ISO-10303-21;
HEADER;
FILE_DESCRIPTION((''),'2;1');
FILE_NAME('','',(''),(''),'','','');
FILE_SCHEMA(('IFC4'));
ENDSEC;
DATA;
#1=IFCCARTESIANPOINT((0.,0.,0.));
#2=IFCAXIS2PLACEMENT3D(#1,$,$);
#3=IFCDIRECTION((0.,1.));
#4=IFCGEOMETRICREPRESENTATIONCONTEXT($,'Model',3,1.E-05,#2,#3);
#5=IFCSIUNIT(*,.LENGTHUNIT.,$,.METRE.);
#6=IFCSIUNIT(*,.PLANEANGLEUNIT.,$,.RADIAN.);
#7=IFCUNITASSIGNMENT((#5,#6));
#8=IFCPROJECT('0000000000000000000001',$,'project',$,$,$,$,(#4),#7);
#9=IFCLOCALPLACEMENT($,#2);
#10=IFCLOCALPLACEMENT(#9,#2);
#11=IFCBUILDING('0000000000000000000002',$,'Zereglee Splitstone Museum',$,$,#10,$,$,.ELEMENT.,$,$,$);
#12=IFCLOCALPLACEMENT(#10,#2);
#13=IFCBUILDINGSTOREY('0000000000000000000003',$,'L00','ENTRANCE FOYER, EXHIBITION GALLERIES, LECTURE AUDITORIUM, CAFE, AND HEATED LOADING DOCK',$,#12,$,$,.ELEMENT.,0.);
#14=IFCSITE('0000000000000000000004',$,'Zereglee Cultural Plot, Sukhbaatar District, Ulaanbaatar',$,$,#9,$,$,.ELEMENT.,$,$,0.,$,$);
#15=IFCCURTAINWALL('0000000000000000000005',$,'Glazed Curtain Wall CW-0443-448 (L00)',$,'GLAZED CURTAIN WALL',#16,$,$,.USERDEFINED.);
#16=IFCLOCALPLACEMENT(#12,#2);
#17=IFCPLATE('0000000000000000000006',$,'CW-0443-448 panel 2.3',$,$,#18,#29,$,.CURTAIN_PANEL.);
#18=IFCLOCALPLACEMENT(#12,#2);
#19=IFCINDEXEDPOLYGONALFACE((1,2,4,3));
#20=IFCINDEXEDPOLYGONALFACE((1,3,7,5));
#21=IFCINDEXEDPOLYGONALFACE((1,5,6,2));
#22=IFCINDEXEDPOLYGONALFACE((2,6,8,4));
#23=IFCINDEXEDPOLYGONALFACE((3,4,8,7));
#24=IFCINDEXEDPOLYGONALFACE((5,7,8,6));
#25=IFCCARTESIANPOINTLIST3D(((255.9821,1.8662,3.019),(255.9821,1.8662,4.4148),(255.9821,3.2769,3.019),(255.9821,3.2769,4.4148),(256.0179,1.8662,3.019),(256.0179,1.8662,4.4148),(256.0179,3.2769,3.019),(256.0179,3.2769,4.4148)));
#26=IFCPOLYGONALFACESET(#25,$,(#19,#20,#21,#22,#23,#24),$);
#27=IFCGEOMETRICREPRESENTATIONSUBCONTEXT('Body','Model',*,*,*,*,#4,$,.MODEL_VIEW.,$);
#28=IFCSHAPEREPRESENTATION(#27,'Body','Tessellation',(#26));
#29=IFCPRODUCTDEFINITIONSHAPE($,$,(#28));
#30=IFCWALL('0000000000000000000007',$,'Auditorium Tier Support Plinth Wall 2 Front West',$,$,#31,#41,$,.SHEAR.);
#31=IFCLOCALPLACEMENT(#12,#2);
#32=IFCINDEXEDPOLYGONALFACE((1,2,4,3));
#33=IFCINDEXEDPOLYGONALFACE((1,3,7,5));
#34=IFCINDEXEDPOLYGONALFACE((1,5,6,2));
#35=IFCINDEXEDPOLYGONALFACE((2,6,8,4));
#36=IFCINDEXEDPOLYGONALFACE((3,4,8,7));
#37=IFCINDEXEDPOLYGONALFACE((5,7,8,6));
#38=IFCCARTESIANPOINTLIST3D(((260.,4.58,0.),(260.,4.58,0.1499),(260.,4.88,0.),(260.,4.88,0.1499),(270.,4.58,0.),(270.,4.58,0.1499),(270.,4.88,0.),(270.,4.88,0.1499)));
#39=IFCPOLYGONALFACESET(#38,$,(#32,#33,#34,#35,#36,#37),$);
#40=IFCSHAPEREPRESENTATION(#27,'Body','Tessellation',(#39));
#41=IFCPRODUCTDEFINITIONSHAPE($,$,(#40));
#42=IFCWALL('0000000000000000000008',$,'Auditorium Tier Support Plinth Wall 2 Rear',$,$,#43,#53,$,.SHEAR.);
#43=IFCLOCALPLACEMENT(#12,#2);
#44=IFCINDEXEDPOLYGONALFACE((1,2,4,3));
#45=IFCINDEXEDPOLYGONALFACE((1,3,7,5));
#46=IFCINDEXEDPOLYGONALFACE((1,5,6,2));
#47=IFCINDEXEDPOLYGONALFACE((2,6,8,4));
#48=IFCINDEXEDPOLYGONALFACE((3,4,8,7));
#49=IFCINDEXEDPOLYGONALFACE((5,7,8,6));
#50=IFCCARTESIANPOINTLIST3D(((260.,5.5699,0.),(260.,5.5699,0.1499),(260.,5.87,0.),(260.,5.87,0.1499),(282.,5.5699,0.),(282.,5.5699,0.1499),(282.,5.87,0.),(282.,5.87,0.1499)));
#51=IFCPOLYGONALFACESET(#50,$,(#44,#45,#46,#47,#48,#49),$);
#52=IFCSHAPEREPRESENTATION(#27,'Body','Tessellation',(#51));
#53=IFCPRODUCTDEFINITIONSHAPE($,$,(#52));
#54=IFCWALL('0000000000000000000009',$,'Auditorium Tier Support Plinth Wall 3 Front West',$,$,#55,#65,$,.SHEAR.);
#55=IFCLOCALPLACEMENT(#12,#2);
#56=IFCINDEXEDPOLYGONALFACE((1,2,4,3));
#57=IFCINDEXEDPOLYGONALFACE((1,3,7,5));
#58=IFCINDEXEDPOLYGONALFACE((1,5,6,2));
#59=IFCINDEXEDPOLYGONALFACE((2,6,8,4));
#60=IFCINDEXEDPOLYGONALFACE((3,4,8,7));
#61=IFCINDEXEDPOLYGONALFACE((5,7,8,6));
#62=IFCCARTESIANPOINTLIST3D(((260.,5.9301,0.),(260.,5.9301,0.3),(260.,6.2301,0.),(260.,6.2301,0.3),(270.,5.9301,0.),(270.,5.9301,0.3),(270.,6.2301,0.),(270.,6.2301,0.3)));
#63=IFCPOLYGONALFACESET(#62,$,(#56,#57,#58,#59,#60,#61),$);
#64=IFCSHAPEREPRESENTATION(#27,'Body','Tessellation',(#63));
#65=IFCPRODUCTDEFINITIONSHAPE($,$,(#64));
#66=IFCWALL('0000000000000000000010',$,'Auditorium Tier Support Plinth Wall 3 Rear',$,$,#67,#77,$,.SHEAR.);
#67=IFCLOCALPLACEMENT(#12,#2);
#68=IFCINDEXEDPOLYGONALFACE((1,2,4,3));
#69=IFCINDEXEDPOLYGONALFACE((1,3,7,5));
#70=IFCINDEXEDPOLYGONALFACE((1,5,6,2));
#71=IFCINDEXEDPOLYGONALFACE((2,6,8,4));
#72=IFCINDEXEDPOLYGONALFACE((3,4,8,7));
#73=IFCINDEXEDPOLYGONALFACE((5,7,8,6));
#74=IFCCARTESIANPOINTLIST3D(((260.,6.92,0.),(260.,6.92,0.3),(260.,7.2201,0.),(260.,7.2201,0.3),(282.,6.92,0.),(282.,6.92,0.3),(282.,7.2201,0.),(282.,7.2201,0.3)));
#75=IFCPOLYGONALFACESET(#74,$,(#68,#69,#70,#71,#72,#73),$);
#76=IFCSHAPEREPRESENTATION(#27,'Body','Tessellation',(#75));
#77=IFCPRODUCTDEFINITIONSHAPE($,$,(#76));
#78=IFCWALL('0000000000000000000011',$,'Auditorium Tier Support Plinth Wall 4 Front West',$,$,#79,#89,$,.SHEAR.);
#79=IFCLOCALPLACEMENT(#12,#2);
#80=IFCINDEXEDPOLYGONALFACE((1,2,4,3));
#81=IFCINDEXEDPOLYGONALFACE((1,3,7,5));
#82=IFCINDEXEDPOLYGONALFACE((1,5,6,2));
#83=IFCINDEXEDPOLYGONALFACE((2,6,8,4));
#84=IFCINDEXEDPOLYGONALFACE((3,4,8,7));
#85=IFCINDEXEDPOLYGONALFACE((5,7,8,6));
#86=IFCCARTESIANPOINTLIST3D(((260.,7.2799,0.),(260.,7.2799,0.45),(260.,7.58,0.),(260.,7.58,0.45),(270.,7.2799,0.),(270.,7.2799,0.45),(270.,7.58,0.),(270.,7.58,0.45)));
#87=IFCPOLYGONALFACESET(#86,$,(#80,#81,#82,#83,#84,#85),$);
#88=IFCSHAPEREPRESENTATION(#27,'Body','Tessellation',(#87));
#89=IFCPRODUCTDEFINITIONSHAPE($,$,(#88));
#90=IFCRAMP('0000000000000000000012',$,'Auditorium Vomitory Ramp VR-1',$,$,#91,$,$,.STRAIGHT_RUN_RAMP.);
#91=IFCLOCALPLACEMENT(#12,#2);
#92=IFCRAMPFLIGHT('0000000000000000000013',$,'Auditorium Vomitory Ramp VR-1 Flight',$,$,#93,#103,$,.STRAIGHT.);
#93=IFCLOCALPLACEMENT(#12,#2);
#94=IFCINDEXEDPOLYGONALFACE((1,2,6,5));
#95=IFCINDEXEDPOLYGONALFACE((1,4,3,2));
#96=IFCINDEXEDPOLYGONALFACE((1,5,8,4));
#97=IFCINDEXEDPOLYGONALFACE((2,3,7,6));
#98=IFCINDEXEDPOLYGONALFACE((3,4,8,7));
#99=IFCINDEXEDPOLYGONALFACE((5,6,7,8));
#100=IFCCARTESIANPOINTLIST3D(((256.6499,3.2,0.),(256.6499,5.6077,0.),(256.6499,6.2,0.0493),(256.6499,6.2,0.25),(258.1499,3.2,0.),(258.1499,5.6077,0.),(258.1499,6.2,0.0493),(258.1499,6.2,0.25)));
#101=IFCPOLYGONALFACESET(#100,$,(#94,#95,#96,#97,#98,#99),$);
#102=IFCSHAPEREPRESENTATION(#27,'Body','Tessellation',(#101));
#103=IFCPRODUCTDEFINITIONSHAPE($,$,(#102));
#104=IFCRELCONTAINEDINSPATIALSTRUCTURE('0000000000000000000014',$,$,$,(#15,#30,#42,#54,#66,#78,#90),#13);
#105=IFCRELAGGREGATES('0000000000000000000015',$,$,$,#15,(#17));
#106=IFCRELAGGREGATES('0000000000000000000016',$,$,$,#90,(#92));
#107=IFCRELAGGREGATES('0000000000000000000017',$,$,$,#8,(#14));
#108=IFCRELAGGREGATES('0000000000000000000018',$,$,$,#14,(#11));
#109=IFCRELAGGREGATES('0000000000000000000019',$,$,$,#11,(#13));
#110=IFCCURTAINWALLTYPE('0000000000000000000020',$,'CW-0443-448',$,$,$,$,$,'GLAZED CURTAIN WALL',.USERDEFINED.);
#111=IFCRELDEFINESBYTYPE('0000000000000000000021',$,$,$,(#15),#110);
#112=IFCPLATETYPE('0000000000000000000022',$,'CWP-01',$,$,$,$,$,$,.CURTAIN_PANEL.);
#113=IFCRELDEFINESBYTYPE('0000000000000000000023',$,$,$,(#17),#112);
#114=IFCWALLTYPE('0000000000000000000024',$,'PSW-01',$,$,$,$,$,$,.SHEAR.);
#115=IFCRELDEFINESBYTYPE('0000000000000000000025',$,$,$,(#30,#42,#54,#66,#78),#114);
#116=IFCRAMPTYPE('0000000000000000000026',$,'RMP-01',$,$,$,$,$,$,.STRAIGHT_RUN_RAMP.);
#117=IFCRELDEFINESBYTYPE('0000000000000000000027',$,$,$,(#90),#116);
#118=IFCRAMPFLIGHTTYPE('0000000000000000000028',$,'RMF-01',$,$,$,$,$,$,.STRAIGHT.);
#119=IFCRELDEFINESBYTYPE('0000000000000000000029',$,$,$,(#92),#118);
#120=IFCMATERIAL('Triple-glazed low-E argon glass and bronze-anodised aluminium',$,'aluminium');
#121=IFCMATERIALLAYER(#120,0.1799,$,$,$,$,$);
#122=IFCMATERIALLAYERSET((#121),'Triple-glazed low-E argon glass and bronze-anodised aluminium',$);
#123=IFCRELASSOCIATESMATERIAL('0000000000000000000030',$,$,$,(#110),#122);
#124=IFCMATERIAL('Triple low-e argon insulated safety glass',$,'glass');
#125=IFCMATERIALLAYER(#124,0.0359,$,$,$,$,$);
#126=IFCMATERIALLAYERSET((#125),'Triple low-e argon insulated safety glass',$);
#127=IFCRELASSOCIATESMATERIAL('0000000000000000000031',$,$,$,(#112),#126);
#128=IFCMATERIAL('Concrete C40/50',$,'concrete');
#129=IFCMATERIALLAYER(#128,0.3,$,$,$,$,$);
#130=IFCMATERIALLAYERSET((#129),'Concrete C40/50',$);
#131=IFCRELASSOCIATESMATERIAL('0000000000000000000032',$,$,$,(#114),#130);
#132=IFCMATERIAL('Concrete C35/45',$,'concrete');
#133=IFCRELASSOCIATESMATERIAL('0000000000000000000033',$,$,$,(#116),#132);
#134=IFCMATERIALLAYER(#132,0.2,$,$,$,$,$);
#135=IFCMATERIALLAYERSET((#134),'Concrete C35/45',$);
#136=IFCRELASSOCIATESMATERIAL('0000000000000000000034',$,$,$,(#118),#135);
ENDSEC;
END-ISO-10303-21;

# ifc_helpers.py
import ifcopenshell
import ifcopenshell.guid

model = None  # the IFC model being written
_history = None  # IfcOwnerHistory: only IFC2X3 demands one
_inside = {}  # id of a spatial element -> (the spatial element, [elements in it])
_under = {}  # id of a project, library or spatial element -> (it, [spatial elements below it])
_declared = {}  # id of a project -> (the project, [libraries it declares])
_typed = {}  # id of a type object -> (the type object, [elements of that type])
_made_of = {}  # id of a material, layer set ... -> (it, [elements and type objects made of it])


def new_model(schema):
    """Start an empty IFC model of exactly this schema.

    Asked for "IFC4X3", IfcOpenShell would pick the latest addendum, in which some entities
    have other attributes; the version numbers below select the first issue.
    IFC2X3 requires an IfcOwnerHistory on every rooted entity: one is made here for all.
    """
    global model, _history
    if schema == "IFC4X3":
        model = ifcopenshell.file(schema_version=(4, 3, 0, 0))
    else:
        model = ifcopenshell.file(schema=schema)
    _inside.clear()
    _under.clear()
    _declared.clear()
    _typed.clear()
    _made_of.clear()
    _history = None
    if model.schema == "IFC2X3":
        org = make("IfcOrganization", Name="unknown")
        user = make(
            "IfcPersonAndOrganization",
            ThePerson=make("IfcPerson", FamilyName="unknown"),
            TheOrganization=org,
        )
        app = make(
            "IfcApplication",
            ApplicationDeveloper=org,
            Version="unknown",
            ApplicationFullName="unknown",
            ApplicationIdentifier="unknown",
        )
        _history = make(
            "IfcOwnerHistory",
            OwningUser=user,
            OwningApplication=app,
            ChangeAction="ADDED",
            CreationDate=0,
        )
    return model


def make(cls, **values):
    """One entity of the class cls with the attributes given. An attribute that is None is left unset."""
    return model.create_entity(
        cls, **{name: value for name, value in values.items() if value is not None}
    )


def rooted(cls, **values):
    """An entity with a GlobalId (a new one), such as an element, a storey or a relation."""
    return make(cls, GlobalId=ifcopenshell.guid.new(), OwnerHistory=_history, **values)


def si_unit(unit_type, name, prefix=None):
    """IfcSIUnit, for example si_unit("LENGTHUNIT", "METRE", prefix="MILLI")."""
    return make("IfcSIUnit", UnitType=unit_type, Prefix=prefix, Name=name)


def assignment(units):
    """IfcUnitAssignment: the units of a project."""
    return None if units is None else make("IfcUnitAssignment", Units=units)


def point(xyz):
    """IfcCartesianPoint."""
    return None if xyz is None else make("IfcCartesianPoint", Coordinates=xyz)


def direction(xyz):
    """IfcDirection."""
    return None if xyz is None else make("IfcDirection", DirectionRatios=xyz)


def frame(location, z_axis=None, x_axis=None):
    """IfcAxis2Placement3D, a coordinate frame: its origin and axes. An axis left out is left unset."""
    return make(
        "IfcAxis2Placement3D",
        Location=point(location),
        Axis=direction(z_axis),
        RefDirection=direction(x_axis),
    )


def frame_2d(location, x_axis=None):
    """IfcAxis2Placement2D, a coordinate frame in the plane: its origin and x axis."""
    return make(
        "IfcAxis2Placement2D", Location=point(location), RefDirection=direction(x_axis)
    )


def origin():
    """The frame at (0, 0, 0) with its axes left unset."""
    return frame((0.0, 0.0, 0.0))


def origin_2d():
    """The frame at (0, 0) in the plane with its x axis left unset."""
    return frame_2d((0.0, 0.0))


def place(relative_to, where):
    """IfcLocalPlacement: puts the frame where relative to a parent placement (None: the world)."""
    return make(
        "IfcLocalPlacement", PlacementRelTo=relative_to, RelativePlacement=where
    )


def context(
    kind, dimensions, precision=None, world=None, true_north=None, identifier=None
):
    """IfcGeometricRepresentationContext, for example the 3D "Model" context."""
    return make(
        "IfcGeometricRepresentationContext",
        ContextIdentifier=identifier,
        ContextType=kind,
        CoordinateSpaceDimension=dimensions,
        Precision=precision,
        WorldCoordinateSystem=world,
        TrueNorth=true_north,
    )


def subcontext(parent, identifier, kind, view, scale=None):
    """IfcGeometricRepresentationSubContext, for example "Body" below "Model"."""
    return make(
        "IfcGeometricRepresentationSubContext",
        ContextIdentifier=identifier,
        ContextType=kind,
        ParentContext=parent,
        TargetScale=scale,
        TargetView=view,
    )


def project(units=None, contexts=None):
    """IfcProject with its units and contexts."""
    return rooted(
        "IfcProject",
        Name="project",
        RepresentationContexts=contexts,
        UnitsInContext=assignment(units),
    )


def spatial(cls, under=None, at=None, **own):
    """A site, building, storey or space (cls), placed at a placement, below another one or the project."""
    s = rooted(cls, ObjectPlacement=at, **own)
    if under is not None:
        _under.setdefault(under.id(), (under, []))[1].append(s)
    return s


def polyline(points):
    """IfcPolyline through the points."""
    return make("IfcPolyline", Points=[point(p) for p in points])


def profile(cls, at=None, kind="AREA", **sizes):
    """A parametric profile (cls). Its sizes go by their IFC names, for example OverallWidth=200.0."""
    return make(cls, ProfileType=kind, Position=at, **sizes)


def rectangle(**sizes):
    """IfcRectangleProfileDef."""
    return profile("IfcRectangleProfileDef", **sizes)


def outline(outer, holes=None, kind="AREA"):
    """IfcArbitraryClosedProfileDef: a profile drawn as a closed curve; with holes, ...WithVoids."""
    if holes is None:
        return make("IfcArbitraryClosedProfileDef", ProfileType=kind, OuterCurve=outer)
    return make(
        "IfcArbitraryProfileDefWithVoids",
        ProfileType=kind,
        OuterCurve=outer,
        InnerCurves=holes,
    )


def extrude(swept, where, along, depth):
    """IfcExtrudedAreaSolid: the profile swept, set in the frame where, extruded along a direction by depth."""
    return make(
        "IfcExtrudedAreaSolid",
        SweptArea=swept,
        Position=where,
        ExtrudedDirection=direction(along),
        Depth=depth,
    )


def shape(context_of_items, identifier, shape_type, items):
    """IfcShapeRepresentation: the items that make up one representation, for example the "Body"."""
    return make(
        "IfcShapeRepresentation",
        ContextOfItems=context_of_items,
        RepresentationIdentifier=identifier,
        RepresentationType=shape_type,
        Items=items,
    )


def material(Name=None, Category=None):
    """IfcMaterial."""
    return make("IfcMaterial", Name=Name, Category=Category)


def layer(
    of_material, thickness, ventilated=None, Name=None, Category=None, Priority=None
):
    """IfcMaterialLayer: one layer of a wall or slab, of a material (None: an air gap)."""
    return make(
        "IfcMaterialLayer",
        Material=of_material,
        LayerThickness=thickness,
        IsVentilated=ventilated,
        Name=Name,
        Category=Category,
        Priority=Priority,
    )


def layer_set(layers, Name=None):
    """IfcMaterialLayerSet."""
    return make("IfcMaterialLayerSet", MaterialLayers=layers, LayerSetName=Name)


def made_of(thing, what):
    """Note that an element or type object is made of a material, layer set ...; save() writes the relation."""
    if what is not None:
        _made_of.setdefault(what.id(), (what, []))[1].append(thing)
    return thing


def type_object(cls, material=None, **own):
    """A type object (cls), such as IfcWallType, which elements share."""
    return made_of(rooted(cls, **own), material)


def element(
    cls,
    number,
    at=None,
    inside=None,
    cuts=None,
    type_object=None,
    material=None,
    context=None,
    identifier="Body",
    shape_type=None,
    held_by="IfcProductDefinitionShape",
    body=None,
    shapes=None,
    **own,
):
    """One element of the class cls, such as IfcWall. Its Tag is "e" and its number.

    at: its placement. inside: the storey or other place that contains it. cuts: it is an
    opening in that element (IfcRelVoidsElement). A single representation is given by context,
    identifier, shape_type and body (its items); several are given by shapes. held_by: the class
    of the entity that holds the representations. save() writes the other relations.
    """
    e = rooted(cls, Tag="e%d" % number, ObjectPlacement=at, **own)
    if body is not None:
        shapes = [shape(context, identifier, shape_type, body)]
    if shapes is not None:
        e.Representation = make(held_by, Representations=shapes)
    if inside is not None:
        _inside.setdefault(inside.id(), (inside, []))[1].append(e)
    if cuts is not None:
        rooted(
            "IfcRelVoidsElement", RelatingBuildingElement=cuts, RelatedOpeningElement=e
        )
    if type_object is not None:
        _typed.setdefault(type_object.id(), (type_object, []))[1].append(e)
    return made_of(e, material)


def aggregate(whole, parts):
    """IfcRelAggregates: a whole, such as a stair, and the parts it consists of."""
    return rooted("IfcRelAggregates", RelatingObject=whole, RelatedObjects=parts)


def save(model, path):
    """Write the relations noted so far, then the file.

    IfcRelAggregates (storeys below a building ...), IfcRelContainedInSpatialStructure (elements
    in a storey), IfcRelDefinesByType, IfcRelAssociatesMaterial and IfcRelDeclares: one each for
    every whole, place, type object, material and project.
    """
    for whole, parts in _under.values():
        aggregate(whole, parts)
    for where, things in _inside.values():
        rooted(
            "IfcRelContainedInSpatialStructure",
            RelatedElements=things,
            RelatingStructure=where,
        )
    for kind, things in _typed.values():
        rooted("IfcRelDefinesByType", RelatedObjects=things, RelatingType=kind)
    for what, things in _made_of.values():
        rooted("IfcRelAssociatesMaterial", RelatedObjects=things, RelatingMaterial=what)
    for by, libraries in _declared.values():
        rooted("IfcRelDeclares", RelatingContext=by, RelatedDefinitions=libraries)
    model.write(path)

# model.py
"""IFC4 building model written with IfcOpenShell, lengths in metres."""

from ifc_helpers import new_model, si_unit, direction, frame, frame_2d, origin, origin_2d, place, context, subcontext, project, spatial, polyline, rectangle, outline, extrude, material, layer, layer_set, type_object, element, aggregate, save


model = new_model("IFC4")

# Units and contexts
model_context = context("Model", 3, precision=1e-05, world=origin(), true_north=direction((0.0, 1.0)))
body_context = subcontext(model_context, "Body", "Model", "MODEL_VIEW")
ifc_project = project(units=[si_unit("LENGTHUNIT", "METRE"), si_unit("PLANEANGLEUNIT", "RADIAN")], contexts=[model_context])

# Site, building, storey
site_placement = place(None, origin())
site = spatial("IfcSite", under=ifc_project, at=site_placement, Name="Zereglee Cultural Plot, Sukhbaatar District, Ulaanbaatar", CompositionType="ELEMENT", RefElevation=0.0)
building_placement = place(site_placement, origin())
building = spatial("IfcBuilding", under=site, at=building_placement, Name="Zereglee Splitstone Museum", CompositionType="ELEMENT")
storey_placement = place(building_placement, origin())
storey = spatial("IfcBuildingStorey", under=building, at=storey_placement, Name="L00", Description="ENTRANCE FOYER, EXHIBITION GALLERIES, LECTURE AUDITORIUM, CAFE, AND HEATED LOADING DOCK", CompositionType="ELEMENT", Elevation=0.0)

# Curtain wall
ifc_material_1 = material(Name="Triple-glazed low-E argon glass and bronze-anodised aluminium", Category="aluminium")
ifc_layer_1 = layer(ifc_material_1, 0.1799)
ifc_layer_set_1 = layer_set([ifc_layer_1], Name="Triple-glazed low-E argon glass and bronze-anodised aluminium")
curtain_wall_type_1 = type_object("IfcCurtainWallType", Name="CW-0443-448", ElementType="GLAZED CURTAIN WALL", PredefinedType="USERDEFINED", material=ifc_layer_set_1)
curtain_wall_1_placement = place(storey_placement, origin())
curtain_wall_1 = element("IfcCurtainWall", 1, at=curtain_wall_1_placement, inside=storey, type_object=curtain_wall_type_1, Name="Glazed Curtain Wall CW-0443-448 (L00)", ObjectType="GLAZED CURTAIN WALL", PredefinedType="USERDEFINED")

# Plate
ifc_material_2 = material(Name="Triple low-e argon insulated safety glass", Category="glass")
ifc_layer_2 = layer(ifc_material_2, 0.0359)
ifc_layer_set_2 = layer_set([ifc_layer_2], Name="Triple low-e argon insulated safety glass")
plate_type = type_object("IfcPlateType", Name="CWP-01", PredefinedType="CURTAIN_PANEL", material=ifc_layer_set_2)
plate_1_placement = place(storey_placement, frame((256.0, 2.5715, 3.019), z_axis=(0.0, 0.0, 1.0), x_axis=(0.0, -1.0, 0.0)))
plate_1 = element("IfcPlate", 2, at=plate_1_placement, type_object=plate_type, Name="CW-0443-448 panel 2.3", PredefinedType="CURTAIN_PANEL", context=body_context, shape_type="SweptSolid", body=[
    extrude(rectangle(XDim=1.4106, YDim=0.0359, at=origin_2d()), origin(), (0.0, 0.0, 1.0), 1.3958),
])
aggregate(curtain_wall_1, [plate_1])

# Walls
ifc_material_3 = material(Name="Concrete C40/50", Category="concrete")
ifc_layer_3 = layer(ifc_material_3, 0.3)
ifc_layer_set_3 = layer_set([ifc_layer_3], Name="Concrete C40/50")
wall_type = type_object("IfcWallType", Name="PSW-01", PredefinedType="SHEAR", material=ifc_layer_set_3)
wall_1_placement = place(storey_placement, frame((260.0, 4.73, 0.0), z_axis=(0.0, 0.0, 1.0), x_axis=(1.0, 0.0, 0.0)))
element("IfcWall", 3, at=wall_1_placement, inside=storey, type_object=wall_type, Name="Auditorium Tier Support Plinth Wall 2 Front West", PredefinedType="SHEAR", context=body_context, shape_type="SweptSolid", body=[
    extrude(rectangle(XDim=10.0, YDim=0.3, at=frame_2d((5.0, 0.0))), origin(), (0.0, 0.0, 1.0), 0.1499),
])
wall_2_placement = place(storey_placement, frame((260.0, 5.72, 0.0), z_axis=(0.0, 0.0, 1.0), x_axis=(1.0, 0.0, 0.0)))
element("IfcWall", 4, at=wall_2_placement, inside=storey, type_object=wall_type, Name="Auditorium Tier Support Plinth Wall 2 Rear", PredefinedType="SHEAR", context=body_context, shape_type="SweptSolid", body=[
    extrude(rectangle(XDim=22.0, YDim=0.3, at=frame_2d((11.0, 0.0))), origin(), (0.0, 0.0, 1.0), 0.1499),
])
wall_3_placement = place(storey_placement, frame((260.0, 6.0801, 0.0), z_axis=(0.0, 0.0, 1.0), x_axis=(1.0, 0.0, 0.0)))
element("IfcWall", 5, at=wall_3_placement, inside=storey, type_object=wall_type, Name="Auditorium Tier Support Plinth Wall 3 Front West", PredefinedType="SHEAR", context=body_context, shape_type="SweptSolid", body=[
    extrude(rectangle(XDim=10.0, YDim=0.3, at=frame_2d((5.0, 0.0))), origin(), (0.0, 0.0, 1.0), 0.3),
])
wall_4_placement = place(storey_placement, frame((260.0, 7.0701, 0.0), z_axis=(0.0, 0.0, 1.0), x_axis=(1.0, 0.0, 0.0)))
element("IfcWall", 6, at=wall_4_placement, inside=storey, type_object=wall_type, Name="Auditorium Tier Support Plinth Wall 3 Rear", PredefinedType="SHEAR", context=body_context, shape_type="SweptSolid", body=[
    extrude(rectangle(XDim=22.0, YDim=0.3, at=frame_2d((11.0, 0.0))), origin(), (0.0, 0.0, 1.0), 0.3),
])
wall_5_placement = place(storey_placement, frame((260.0, 7.4299, 0.0), z_axis=(0.0, 0.0, 1.0), x_axis=(1.0, 0.0, 0.0)))
element("IfcWall", 7, at=wall_5_placement, inside=storey, type_object=wall_type, Name="Auditorium Tier Support Plinth Wall 4 Front West", PredefinedType="SHEAR", context=body_context, shape_type="SweptSolid", body=[
    extrude(rectangle(XDim=10.0, YDim=0.3, at=frame_2d((5.0, 0.0))), origin(), (0.0, 0.0, 1.0), 0.45),
])

# Ramp, ramp flight
ifc_material_4 = material(Name="Concrete C35/45", Category="concrete")
ramp_type = type_object("IfcRampType", Name="RMP-01", PredefinedType="STRAIGHT_RUN_RAMP", material=ifc_material_4)
ramp_placement = place(storey_placement, origin())
ramp = element("IfcRamp", 8, at=ramp_placement, inside=storey, type_object=ramp_type, Name="Auditorium Vomitory Ramp VR-1", PredefinedType="STRAIGHT_RUN_RAMP")
ifc_layer_4 = layer(ifc_material_4, 0.2)
ifc_layer_set_4 = layer_set([ifc_layer_4], Name="Concrete C35/45")
ramp_flight_type = type_object("IfcRampFlightType", Name="RMF-01", PredefinedType="STRAIGHT", material=ifc_layer_set_4)
ramp_flight_placement = place(storey_placement, frame((257.3999, 3.2, 0.0), z_axis=(0.0, 0.0, 1.0), x_axis=(0.0, 1.0, 0.0)))
ramp_flight = element("IfcRampFlight", 9, at=ramp_flight_placement, type_object=ramp_flight_type, Name="Auditorium Vomitory Ramp VR-1 Flight", PredefinedType="STRAIGHT", context=body_context, shape_type="SweptSolid", body=[
    extrude(outline(polyline([(0.0, 0.0), (3.0, 0.25), (3.0, 0.0493), (2.4077, 0.0), (0.0, 0.0)])), frame((0.0, 0.75, 0.0), z_axis=(0.0, -1.0, 0.0), x_axis=(1.0, 0.0, 0.0)), (0.0, 0.0, 1.0), 1.5),
])
aggregate(ramp, [ramp_flight])

save(model, "model.ifc")
